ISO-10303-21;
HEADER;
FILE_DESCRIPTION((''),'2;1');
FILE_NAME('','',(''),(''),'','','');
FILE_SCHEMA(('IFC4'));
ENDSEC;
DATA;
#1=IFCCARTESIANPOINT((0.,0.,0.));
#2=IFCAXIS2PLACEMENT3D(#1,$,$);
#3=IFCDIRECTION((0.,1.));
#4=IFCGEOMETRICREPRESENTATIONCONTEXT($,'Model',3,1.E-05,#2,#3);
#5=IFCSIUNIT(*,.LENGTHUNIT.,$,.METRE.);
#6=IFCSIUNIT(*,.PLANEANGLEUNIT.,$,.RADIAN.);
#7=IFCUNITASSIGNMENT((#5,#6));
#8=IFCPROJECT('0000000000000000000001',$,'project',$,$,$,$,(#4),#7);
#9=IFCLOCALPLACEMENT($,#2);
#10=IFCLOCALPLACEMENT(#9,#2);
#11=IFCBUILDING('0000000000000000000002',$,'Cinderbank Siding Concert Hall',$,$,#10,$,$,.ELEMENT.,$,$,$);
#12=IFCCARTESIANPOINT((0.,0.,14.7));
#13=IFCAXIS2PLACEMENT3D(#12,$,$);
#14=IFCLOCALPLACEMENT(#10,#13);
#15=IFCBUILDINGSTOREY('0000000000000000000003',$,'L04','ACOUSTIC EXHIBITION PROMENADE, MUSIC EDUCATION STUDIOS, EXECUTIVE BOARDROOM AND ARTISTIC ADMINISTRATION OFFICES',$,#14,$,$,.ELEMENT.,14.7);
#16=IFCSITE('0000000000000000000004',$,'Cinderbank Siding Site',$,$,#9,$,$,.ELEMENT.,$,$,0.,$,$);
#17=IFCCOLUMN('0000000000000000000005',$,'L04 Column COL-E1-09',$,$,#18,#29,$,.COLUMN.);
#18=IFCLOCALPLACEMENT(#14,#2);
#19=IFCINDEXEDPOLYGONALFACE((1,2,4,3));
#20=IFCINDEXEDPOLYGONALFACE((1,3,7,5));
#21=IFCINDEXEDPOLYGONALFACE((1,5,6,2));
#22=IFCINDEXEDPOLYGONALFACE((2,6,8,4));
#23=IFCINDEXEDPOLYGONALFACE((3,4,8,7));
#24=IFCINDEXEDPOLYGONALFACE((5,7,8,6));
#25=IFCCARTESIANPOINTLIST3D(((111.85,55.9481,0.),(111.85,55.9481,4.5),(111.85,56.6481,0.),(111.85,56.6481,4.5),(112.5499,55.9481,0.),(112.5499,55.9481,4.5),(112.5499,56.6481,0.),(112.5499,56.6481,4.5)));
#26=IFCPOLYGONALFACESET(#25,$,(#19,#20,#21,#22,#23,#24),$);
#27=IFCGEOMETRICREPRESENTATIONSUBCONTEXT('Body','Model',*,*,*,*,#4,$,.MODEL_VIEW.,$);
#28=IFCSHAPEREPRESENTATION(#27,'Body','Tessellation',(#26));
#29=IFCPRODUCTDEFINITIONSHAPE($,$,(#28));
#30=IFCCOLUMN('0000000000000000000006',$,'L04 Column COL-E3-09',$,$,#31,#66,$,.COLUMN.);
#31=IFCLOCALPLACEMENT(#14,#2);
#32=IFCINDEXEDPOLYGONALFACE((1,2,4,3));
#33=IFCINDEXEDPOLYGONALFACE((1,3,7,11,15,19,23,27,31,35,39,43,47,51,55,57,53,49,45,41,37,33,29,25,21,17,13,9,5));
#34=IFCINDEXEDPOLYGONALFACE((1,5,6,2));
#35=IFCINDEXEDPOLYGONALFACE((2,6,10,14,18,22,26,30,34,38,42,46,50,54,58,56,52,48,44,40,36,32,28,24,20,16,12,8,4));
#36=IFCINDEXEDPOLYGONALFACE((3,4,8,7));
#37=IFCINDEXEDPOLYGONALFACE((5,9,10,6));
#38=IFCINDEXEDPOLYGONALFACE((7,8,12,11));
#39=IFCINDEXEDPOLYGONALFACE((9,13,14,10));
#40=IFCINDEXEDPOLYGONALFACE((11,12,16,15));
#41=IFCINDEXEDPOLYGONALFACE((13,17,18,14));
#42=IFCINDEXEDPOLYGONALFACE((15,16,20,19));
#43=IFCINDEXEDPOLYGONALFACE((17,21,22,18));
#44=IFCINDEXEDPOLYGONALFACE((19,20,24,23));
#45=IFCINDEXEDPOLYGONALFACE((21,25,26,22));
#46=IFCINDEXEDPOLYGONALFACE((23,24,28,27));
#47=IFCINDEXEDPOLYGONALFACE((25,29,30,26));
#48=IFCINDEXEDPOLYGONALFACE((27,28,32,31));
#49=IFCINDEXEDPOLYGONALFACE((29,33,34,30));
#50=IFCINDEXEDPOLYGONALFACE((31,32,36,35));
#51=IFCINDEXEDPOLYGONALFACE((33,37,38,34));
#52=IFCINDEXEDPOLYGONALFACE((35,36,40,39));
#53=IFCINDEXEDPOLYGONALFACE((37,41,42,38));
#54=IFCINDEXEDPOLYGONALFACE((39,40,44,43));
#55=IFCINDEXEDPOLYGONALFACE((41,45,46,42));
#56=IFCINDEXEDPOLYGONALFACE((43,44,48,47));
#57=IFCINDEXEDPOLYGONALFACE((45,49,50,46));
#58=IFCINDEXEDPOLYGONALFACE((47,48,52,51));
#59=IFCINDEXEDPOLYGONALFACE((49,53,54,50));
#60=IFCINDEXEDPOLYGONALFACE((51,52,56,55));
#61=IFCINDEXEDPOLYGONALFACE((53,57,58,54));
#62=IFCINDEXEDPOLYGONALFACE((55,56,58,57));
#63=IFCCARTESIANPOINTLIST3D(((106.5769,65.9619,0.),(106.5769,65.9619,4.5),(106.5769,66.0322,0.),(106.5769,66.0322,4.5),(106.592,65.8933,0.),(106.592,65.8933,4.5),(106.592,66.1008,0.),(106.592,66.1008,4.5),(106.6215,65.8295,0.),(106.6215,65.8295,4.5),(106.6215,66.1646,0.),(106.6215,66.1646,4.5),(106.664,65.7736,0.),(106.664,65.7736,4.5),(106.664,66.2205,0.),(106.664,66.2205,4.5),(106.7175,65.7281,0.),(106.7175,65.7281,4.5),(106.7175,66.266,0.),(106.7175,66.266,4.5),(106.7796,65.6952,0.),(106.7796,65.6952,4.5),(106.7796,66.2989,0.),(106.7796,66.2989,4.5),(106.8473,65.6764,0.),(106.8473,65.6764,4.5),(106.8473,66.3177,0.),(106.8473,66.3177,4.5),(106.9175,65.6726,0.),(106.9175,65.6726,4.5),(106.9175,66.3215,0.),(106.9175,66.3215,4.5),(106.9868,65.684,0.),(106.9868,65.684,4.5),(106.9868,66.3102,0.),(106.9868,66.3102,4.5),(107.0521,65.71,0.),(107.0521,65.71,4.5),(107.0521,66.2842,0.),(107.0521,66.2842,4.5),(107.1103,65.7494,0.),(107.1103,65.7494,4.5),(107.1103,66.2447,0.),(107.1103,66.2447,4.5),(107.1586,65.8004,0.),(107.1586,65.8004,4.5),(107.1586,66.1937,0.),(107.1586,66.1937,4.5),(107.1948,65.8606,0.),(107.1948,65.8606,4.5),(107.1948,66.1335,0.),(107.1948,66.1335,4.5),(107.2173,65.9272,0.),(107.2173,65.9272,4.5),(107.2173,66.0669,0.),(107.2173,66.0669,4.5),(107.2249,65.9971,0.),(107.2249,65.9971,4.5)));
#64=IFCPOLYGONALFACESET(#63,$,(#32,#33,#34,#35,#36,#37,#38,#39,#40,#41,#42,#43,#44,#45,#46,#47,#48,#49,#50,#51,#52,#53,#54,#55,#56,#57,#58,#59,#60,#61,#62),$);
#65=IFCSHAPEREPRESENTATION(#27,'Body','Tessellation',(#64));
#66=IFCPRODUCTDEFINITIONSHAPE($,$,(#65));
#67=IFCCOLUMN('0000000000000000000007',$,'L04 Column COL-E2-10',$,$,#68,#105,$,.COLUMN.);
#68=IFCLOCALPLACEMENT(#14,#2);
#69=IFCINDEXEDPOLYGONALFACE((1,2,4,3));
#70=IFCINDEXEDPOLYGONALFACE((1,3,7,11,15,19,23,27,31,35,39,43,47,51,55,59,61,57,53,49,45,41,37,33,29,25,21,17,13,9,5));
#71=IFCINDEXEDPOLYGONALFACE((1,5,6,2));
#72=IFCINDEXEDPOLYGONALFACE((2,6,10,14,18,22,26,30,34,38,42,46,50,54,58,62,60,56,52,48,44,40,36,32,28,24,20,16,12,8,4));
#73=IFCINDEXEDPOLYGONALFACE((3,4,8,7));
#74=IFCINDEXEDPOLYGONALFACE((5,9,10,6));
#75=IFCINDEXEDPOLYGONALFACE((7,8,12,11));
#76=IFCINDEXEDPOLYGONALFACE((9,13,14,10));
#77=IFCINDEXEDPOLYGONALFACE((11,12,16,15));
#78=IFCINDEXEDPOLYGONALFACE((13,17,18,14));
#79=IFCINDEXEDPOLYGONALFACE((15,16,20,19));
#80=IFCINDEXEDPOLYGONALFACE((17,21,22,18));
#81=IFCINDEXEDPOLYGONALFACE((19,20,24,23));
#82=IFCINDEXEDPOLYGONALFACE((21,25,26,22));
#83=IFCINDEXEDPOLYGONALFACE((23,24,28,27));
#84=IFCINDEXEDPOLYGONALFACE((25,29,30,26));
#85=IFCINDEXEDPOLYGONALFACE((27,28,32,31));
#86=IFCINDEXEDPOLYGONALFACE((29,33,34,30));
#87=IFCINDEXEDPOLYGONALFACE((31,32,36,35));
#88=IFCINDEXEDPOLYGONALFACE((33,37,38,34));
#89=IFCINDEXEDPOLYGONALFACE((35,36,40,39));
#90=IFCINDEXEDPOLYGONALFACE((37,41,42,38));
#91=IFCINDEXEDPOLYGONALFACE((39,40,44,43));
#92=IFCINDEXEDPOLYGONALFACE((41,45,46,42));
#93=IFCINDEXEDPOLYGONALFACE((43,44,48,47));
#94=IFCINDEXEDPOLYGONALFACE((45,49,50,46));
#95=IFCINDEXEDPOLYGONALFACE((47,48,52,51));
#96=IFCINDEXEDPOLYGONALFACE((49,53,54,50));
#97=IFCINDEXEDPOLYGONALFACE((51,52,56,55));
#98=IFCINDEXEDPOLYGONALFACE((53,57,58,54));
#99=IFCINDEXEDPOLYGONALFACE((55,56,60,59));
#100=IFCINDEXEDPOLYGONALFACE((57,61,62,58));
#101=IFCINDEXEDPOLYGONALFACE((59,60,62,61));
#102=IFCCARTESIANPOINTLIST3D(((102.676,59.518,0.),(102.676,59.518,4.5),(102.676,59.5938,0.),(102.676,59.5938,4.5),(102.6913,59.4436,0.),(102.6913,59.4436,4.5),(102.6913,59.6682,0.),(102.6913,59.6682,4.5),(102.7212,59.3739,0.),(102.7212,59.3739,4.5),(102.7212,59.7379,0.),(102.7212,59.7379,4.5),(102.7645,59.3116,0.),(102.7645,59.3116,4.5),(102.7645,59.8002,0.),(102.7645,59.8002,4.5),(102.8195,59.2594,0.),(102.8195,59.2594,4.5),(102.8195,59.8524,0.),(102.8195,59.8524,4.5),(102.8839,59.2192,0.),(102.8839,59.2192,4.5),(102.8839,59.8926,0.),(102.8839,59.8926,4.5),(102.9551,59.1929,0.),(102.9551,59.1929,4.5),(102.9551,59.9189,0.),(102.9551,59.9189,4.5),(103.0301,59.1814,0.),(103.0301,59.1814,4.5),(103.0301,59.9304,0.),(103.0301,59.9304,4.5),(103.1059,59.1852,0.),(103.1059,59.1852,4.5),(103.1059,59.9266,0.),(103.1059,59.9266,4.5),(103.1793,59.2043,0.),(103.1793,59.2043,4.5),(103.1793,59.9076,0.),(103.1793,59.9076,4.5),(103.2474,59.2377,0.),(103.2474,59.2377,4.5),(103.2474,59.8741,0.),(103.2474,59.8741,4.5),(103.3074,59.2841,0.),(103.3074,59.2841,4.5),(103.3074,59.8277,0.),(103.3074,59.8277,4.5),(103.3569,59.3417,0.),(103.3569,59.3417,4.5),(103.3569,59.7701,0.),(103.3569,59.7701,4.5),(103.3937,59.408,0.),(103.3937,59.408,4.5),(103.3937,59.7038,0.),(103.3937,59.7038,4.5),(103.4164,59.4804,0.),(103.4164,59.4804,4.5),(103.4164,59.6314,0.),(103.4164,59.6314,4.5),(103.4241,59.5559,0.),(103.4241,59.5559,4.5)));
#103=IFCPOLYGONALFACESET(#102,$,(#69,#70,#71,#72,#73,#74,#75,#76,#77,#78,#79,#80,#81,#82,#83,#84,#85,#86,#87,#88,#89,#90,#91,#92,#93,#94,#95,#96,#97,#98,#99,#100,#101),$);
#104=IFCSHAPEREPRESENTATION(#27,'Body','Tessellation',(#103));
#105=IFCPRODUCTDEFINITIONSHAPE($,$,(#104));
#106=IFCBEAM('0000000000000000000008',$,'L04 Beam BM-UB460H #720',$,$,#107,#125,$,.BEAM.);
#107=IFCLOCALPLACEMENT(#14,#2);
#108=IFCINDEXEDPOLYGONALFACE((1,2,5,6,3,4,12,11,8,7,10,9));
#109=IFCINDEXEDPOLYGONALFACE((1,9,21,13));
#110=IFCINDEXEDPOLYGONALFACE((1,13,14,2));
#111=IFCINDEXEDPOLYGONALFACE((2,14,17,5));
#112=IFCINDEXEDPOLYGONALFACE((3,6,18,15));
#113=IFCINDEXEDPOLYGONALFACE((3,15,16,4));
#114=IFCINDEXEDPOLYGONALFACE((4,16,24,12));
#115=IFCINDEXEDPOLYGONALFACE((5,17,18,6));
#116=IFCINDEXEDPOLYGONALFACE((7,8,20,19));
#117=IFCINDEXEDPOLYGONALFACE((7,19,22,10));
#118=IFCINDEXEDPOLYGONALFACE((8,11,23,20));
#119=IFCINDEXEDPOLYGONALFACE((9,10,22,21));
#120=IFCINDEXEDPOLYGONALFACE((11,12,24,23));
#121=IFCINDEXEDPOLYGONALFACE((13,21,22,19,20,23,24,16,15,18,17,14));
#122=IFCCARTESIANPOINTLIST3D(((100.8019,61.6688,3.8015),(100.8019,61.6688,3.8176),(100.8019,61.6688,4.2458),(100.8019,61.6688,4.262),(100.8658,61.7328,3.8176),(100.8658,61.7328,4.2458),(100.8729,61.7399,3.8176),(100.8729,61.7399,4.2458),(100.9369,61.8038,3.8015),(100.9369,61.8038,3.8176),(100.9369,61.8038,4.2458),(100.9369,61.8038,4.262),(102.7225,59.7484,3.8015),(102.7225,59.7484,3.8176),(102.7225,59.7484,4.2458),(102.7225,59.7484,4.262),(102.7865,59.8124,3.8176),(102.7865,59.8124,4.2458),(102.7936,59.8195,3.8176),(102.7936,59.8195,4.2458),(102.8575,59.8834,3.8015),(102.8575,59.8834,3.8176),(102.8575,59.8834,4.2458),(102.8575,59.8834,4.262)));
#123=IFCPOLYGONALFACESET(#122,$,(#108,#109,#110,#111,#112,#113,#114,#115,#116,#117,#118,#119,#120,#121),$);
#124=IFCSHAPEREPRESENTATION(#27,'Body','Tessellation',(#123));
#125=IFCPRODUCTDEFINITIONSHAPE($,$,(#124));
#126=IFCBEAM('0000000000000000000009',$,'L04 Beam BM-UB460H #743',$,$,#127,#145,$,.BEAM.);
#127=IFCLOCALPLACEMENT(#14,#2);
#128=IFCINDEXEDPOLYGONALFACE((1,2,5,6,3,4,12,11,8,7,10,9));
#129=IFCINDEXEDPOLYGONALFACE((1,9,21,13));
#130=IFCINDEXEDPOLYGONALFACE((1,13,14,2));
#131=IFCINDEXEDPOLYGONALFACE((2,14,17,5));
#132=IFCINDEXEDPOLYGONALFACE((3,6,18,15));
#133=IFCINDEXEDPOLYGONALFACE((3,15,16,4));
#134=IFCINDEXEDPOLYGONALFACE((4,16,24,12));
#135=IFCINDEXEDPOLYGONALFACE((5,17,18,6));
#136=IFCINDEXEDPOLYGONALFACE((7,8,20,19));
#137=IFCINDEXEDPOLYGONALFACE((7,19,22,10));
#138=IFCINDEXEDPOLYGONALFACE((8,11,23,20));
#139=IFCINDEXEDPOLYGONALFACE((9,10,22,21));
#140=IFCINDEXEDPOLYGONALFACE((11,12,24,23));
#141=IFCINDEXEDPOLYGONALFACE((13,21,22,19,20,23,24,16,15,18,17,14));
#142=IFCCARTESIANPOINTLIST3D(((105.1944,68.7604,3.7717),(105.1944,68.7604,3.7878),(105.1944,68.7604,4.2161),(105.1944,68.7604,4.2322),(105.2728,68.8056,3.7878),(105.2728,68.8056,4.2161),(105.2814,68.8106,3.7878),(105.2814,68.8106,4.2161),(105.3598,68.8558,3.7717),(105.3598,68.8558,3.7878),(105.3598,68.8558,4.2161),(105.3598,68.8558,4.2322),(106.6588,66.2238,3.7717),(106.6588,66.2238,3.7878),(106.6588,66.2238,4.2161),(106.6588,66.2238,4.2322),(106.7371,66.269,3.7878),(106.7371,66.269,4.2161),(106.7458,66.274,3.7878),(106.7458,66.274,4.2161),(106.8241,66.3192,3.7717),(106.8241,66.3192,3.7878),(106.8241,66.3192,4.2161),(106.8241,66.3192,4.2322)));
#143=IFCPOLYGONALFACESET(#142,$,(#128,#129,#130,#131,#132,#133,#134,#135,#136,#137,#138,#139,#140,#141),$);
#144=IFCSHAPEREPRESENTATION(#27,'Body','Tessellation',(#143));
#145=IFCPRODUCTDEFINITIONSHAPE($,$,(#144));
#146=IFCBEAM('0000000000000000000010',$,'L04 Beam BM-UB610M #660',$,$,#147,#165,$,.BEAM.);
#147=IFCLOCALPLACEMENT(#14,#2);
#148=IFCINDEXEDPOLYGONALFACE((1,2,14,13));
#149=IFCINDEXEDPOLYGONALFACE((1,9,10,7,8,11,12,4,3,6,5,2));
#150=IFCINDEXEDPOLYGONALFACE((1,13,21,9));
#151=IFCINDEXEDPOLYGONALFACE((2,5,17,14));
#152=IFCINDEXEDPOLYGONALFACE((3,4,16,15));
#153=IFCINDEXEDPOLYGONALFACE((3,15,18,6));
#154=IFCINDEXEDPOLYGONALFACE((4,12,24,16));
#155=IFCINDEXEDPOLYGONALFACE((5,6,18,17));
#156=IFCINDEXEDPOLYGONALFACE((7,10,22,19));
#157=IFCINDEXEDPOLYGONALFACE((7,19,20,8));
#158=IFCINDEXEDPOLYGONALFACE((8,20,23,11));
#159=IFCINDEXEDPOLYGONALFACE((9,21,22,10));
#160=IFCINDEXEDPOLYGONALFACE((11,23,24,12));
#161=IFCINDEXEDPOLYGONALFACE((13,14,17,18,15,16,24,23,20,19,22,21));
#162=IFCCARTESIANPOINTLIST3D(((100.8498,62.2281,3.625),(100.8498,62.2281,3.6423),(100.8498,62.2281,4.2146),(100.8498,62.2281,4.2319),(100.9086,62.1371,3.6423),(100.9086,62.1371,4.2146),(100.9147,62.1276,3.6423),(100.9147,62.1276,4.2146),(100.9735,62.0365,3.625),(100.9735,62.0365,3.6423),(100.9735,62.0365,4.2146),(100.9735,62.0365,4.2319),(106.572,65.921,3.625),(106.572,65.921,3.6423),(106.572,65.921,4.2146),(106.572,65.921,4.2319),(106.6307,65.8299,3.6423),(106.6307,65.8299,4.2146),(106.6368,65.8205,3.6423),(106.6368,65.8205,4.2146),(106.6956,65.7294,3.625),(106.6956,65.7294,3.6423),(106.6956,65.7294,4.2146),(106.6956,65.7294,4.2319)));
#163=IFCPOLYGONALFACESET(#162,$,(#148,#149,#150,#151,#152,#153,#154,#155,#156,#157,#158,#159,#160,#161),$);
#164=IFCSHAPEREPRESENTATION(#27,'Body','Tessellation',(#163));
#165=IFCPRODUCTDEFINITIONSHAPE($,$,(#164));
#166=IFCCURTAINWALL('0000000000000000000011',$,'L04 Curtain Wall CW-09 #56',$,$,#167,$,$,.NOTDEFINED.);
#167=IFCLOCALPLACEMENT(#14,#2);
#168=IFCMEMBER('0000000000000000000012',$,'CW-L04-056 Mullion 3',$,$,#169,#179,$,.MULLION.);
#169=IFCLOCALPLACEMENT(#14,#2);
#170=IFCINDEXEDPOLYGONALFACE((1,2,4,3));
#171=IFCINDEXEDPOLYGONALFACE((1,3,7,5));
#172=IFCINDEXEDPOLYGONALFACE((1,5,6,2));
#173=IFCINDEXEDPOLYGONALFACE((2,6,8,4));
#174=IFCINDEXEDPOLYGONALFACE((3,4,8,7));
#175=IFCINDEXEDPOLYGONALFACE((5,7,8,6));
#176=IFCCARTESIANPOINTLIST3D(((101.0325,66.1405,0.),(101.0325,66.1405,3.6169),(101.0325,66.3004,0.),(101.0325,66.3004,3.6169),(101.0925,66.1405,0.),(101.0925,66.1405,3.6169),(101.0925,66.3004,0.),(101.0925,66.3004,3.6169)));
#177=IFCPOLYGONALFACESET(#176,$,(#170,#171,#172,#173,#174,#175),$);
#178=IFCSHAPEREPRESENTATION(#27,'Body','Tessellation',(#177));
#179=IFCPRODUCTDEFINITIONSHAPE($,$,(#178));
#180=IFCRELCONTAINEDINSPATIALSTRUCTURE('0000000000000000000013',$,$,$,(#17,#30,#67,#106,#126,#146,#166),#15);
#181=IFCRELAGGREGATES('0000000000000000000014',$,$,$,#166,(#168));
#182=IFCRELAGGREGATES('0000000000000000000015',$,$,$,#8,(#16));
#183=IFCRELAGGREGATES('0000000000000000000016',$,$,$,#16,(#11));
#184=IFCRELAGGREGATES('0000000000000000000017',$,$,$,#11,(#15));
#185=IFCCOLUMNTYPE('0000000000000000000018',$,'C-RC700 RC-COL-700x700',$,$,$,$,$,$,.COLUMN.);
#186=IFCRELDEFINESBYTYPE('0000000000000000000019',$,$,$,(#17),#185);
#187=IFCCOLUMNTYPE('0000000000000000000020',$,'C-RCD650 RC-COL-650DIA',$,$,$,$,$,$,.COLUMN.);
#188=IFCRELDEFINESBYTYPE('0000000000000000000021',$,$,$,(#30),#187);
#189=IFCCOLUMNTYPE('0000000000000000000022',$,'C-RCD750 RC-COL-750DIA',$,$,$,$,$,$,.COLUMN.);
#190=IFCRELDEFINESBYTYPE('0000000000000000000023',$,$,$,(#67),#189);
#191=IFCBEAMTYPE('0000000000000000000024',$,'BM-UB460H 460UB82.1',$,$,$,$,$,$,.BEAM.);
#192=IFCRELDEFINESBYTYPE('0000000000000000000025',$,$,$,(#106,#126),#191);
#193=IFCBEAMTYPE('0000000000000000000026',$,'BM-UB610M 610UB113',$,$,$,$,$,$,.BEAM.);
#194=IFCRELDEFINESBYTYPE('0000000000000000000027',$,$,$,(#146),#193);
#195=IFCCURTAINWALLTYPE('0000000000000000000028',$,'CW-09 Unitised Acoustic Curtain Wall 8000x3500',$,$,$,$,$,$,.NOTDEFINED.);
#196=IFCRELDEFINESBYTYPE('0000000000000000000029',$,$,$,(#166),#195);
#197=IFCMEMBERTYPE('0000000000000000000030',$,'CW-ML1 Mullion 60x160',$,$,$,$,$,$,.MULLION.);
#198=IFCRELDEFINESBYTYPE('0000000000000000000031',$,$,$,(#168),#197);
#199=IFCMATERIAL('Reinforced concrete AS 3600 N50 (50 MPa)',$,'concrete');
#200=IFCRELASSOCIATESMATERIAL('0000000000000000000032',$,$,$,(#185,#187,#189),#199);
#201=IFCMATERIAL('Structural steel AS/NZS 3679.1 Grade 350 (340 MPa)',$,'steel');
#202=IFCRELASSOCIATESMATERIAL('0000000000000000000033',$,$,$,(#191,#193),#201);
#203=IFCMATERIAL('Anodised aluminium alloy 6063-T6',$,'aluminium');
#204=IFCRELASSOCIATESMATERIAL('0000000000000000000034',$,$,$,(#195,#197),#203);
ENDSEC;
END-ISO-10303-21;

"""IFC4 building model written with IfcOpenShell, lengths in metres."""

from ifc_helpers import new_model, si_unit, direction, frame, origin, origin_2d, place, context, subcontext, project, spatial, rectangle, circle, i_section, extrude, material, material_profile, profile_set, type_object, element, aggregate, save


model = new_model("IFC4")

# Units and contexts
model_context = context("Model", 3, precision=1e-05, world=origin(), true_north=direction((0.0, 1.0)))
body_context = subcontext(model_context, "Body", "Model", "MODEL_VIEW")
ifc_project = project(units=[si_unit("LENGTHUNIT", "METRE"), si_unit("PLANEANGLEUNIT", "RADIAN")], contexts=[model_context])

# Site, building, storey
site_placement = place(None, origin())
site = spatial("IfcSite", under=ifc_project, at=site_placement, Name="Cinderbank Siding Site", CompositionType="ELEMENT", RefElevation=0.0)
building_placement = place(site_placement, origin())
building = spatial("IfcBuilding", under=site, at=building_placement, Name="Cinderbank Siding Concert Hall", CompositionType="ELEMENT")
storey_placement = place(building_placement, frame((0.0, 0.0, 14.7)))
storey = spatial("IfcBuildingStorey", under=building, at=storey_placement, Name="L04", Description="ACOUSTIC EXHIBITION PROMENADE, MUSIC EDUCATION STUDIOS, EXECUTIVE BOARDROOM AND ARTISTIC ADMINISTRATION OFFICES", CompositionType="ELEMENT", Elevation=14.7)

# Columns
ifc_material_1 = material(Name="Reinforced concrete AS 3600 N50 (50 MPa)", Category="concrete")
ifc_material_profile_1 = material_profile(ifc_material_1, rectangle(XDim=0.7, YDim=0.7, at=origin_2d()), Name="RC-COL-700x700", Category="LoadBearing")
ifc_profile_set_1 = profile_set([ifc_material_profile_1], Name="Reinforced concrete AS 3600 N50 (50 MPa)")
column_type_1 = type_object("IfcColumnType", Name="C-RC700 RC-COL-700x700", PredefinedType="COLUMN", material=ifc_profile_set_1)
column_1_placement = place(storey_placement, frame((112.2, 56.2981, 0.0), z_axis=(0.0, 0.0, 1.0), x_axis=(1.0, 0.0, 0.0)))
element("IfcColumn", 1, at=column_1_placement, inside=storey, type_object=column_type_1, Name="L04 Column COL-E1-09", PredefinedType="COLUMN", context=body_context, shape_type="SweptSolid", body=[
    extrude(rectangle(XDim=0.7, YDim=0.7, at=origin_2d()), origin(), (0.0, 0.0, 1.0), 4.5),
])
ifc_material_profile_2 = material_profile(ifc_material_1, circle(Radius=0.325, at=origin_2d()), Name="RC-COL-650DIA", Category="LoadBearing")
ifc_profile_set_2 = profile_set([ifc_material_profile_2], Name="Reinforced concrete AS 3600 N50 (50 MPa)")
column_type_2 = type_object("IfcColumnType", Name="C-RCD650 RC-COL-650DIA", PredefinedType="COLUMN", material=ifc_profile_set_2)
column_2_placement = place(storey_placement, frame((106.8999, 65.9971, 0.0), z_axis=(0.0, 0.0, 1.0), x_axis=(1.0, 0.0, 0.0)))
element("IfcColumn", 2, at=column_2_placement, inside=storey, type_object=column_type_2, Name="L04 Column COL-E3-09", PredefinedType="COLUMN", context=body_context, shape_type="SweptSolid", body=[
    extrude(circle(Radius=0.325, at=origin_2d()), origin(), (0.0, 0.0, 1.0), 4.5),
])
ifc_material_profile_3 = material_profile(ifc_material_1, circle(Radius=0.375, at=origin_2d()), Name="RC-COL-750DIA", Category="LoadBearing")
ifc_profile_set_3 = profile_set([ifc_material_profile_3], Name="Reinforced concrete AS 3600 N50 (50 MPa)")
column_type_3 = type_object("IfcColumnType", Name="C-RCD750 RC-COL-750DIA", PredefinedType="COLUMN", material=ifc_profile_set_3)
column_3_placement = place(storey_placement, frame((103.0491, 59.5559, 0.0), z_axis=(0.0, 0.0, 1.0), x_axis=(1.0, 0.0, 0.0)))
element("IfcColumn", 3, at=column_3_placement, inside=storey, type_object=column_type_3, Name="L04 Column COL-E2-10", PredefinedType="COLUMN", context=body_context, shape_type="SweptSolid", body=[
    extrude(circle(Radius=0.375, at=origin_2d()), origin(), (0.0, 0.0, 1.0), 4.5),
])

# Beams
ifc_material_2 = material(Name="Structural steel AS/NZS 3679.1 Grade 350 (340 MPa)", Category="steel")
ifc_material_profile_4 = material_profile(ifc_material_2, i_section(OverallWidth=0.1909, OverallDepth=0.4604, WebThickness=0.01, FlangeThickness=0.0161, at=origin_2d()), Name="460UB82.1", Category="LoadBearing")
ifc_profile_set_4 = profile_set([ifc_material_profile_4], Name="Structural steel AS/NZS 3679.1 Grade 350 (340 MPa)")
beam_type_1 = type_object("IfcBeamType", Name="BM-UB460H 460UB82.1", PredefinedType="BEAM", material=ifc_profile_set_4)
beam_1_placement = place(storey_placement, frame((102.79, 59.8159, 4.0317), z_axis=(-0.707152, 0.707062, 0.0), x_axis=(-0.707062, -0.707152, 0.0)))
element("IfcBeam", 4, at=beam_1_placement, inside=storey, type_object=beam_type_1, Name="L04 Beam BM-UB460H #720", PredefinedType="BEAM", context=body_context, shape_type="SweptSolid", body=[
    extrude(i_section(OverallWidth=0.1909, OverallDepth=0.4604, WebThickness=0.01, FlangeThickness=0.0161, at=origin_2d()), origin(), (0.0, 0.0, 1.0), 2.7161),
])
beam_2_placement = place(storey_placement, frame((106.7415, 66.2715, 4.002), z_axis=(-0.499958, 0.86605, 0.0), x_axis=(-0.86605, -0.499958, 0.0)))
element("IfcBeam", 5, at=beam_2_placement, inside=storey, type_object=beam_type_1, Name="L04 Beam BM-UB460H #743", PredefinedType="BEAM", context=body_context, shape_type="SweptSolid", body=[
    extrude(i_section(OverallWidth=0.1909, OverallDepth=0.4604, WebThickness=0.01, FlangeThickness=0.0161, at=origin_2d()), origin(), (0.0, 0.0, 1.0), 2.929),
])
ifc_material_profile_5 = material_profile(ifc_material_2, i_section(OverallWidth=0.228, OverallDepth=0.6069, WebThickness=0.0112, FlangeThickness=0.0173, at=origin_2d()), Name="610UB113", Category="LoadBearing")
ifc_profile_set_5 = profile_set([ifc_material_profile_5], Name="Structural steel AS/NZS 3679.1 Grade 350 (340 MPa)")
beam_type_2 = type_object("IfcBeamType", Name="BM-UB610M 610UB113", PredefinedType="BEAM", material=ifc_profile_set_5)
beam_3_placement = place(storey_placement, frame((106.6338, 65.8252, 3.9285), z_axis=(-0.84022, -0.542246, 0.0), x_axis=(0.542246, -0.84022, 0.0)))
element("IfcBeam", 6, at=beam_3_placement, inside=storey, type_object=beam_type_2, Name="L04 Beam BM-UB610M #660", PredefinedType="BEAM", context=body_context, shape_type="SweptSolid", body=[
    extrude(i_section(OverallWidth=0.228, OverallDepth=0.6069, WebThickness=0.0112, FlangeThickness=0.0173, at=origin_2d()), origin(), (0.0, 0.0, 1.0), 6.8103),
])

# Curtain wall, member
ifc_material_3 = material(Name="Anodised aluminium alloy 6063-T6", Category="aluminium")
curtain_wall_type = type_object("IfcCurtainWallType", Name="CW-09 Unitised Acoustic Curtain Wall 8000x3500", PredefinedType="NOTDEFINED", material=ifc_material_3)
curtain_wall_placement = place(storey_placement, origin())
curtain_wall = element("IfcCurtainWall", 7, at=curtain_wall_placement, inside=storey, type_object=curtain_wall_type, Name="L04 Curtain Wall CW-09 #56", PredefinedType="NOTDEFINED")
ifc_material_profile_6 = material_profile(ifc_material_3, rectangle(XDim=0.0601, YDim=0.1599, at=origin_2d()), Name="ALU-MULL-60x160", Category="LoadBearing")
ifc_profile_set_6 = profile_set([ifc_material_profile_6], Name="Anodised aluminium alloy 6063-T6")
member_type_1 = type_object("IfcMemberType", Name="CW-ML1 Mullion 60x160", PredefinedType="MULLION", material=ifc_profile_set_6)
member_1_placement = place(storey_placement, frame((101.0625, 66.2205, 0.0), z_axis=(0.0, 0.0, 1.0), x_axis=(1.0, 0.0, 0.0)))
member_1 = element("IfcMember", 8, at=member_1_placement, type_object=member_type_1, Name="CW-L04-056 Mullion 3", PredefinedType="MULLION", context=body_context, shape_type="SweptSolid", body=[
    extrude(rectangle(XDim=0.0601, YDim=0.1599, at=origin_2d()), origin(), (0.0, 0.0, 1.0), 3.6169),
])

aggregate(curtain_wall, [member_1])

save(model, "model.ifc")
